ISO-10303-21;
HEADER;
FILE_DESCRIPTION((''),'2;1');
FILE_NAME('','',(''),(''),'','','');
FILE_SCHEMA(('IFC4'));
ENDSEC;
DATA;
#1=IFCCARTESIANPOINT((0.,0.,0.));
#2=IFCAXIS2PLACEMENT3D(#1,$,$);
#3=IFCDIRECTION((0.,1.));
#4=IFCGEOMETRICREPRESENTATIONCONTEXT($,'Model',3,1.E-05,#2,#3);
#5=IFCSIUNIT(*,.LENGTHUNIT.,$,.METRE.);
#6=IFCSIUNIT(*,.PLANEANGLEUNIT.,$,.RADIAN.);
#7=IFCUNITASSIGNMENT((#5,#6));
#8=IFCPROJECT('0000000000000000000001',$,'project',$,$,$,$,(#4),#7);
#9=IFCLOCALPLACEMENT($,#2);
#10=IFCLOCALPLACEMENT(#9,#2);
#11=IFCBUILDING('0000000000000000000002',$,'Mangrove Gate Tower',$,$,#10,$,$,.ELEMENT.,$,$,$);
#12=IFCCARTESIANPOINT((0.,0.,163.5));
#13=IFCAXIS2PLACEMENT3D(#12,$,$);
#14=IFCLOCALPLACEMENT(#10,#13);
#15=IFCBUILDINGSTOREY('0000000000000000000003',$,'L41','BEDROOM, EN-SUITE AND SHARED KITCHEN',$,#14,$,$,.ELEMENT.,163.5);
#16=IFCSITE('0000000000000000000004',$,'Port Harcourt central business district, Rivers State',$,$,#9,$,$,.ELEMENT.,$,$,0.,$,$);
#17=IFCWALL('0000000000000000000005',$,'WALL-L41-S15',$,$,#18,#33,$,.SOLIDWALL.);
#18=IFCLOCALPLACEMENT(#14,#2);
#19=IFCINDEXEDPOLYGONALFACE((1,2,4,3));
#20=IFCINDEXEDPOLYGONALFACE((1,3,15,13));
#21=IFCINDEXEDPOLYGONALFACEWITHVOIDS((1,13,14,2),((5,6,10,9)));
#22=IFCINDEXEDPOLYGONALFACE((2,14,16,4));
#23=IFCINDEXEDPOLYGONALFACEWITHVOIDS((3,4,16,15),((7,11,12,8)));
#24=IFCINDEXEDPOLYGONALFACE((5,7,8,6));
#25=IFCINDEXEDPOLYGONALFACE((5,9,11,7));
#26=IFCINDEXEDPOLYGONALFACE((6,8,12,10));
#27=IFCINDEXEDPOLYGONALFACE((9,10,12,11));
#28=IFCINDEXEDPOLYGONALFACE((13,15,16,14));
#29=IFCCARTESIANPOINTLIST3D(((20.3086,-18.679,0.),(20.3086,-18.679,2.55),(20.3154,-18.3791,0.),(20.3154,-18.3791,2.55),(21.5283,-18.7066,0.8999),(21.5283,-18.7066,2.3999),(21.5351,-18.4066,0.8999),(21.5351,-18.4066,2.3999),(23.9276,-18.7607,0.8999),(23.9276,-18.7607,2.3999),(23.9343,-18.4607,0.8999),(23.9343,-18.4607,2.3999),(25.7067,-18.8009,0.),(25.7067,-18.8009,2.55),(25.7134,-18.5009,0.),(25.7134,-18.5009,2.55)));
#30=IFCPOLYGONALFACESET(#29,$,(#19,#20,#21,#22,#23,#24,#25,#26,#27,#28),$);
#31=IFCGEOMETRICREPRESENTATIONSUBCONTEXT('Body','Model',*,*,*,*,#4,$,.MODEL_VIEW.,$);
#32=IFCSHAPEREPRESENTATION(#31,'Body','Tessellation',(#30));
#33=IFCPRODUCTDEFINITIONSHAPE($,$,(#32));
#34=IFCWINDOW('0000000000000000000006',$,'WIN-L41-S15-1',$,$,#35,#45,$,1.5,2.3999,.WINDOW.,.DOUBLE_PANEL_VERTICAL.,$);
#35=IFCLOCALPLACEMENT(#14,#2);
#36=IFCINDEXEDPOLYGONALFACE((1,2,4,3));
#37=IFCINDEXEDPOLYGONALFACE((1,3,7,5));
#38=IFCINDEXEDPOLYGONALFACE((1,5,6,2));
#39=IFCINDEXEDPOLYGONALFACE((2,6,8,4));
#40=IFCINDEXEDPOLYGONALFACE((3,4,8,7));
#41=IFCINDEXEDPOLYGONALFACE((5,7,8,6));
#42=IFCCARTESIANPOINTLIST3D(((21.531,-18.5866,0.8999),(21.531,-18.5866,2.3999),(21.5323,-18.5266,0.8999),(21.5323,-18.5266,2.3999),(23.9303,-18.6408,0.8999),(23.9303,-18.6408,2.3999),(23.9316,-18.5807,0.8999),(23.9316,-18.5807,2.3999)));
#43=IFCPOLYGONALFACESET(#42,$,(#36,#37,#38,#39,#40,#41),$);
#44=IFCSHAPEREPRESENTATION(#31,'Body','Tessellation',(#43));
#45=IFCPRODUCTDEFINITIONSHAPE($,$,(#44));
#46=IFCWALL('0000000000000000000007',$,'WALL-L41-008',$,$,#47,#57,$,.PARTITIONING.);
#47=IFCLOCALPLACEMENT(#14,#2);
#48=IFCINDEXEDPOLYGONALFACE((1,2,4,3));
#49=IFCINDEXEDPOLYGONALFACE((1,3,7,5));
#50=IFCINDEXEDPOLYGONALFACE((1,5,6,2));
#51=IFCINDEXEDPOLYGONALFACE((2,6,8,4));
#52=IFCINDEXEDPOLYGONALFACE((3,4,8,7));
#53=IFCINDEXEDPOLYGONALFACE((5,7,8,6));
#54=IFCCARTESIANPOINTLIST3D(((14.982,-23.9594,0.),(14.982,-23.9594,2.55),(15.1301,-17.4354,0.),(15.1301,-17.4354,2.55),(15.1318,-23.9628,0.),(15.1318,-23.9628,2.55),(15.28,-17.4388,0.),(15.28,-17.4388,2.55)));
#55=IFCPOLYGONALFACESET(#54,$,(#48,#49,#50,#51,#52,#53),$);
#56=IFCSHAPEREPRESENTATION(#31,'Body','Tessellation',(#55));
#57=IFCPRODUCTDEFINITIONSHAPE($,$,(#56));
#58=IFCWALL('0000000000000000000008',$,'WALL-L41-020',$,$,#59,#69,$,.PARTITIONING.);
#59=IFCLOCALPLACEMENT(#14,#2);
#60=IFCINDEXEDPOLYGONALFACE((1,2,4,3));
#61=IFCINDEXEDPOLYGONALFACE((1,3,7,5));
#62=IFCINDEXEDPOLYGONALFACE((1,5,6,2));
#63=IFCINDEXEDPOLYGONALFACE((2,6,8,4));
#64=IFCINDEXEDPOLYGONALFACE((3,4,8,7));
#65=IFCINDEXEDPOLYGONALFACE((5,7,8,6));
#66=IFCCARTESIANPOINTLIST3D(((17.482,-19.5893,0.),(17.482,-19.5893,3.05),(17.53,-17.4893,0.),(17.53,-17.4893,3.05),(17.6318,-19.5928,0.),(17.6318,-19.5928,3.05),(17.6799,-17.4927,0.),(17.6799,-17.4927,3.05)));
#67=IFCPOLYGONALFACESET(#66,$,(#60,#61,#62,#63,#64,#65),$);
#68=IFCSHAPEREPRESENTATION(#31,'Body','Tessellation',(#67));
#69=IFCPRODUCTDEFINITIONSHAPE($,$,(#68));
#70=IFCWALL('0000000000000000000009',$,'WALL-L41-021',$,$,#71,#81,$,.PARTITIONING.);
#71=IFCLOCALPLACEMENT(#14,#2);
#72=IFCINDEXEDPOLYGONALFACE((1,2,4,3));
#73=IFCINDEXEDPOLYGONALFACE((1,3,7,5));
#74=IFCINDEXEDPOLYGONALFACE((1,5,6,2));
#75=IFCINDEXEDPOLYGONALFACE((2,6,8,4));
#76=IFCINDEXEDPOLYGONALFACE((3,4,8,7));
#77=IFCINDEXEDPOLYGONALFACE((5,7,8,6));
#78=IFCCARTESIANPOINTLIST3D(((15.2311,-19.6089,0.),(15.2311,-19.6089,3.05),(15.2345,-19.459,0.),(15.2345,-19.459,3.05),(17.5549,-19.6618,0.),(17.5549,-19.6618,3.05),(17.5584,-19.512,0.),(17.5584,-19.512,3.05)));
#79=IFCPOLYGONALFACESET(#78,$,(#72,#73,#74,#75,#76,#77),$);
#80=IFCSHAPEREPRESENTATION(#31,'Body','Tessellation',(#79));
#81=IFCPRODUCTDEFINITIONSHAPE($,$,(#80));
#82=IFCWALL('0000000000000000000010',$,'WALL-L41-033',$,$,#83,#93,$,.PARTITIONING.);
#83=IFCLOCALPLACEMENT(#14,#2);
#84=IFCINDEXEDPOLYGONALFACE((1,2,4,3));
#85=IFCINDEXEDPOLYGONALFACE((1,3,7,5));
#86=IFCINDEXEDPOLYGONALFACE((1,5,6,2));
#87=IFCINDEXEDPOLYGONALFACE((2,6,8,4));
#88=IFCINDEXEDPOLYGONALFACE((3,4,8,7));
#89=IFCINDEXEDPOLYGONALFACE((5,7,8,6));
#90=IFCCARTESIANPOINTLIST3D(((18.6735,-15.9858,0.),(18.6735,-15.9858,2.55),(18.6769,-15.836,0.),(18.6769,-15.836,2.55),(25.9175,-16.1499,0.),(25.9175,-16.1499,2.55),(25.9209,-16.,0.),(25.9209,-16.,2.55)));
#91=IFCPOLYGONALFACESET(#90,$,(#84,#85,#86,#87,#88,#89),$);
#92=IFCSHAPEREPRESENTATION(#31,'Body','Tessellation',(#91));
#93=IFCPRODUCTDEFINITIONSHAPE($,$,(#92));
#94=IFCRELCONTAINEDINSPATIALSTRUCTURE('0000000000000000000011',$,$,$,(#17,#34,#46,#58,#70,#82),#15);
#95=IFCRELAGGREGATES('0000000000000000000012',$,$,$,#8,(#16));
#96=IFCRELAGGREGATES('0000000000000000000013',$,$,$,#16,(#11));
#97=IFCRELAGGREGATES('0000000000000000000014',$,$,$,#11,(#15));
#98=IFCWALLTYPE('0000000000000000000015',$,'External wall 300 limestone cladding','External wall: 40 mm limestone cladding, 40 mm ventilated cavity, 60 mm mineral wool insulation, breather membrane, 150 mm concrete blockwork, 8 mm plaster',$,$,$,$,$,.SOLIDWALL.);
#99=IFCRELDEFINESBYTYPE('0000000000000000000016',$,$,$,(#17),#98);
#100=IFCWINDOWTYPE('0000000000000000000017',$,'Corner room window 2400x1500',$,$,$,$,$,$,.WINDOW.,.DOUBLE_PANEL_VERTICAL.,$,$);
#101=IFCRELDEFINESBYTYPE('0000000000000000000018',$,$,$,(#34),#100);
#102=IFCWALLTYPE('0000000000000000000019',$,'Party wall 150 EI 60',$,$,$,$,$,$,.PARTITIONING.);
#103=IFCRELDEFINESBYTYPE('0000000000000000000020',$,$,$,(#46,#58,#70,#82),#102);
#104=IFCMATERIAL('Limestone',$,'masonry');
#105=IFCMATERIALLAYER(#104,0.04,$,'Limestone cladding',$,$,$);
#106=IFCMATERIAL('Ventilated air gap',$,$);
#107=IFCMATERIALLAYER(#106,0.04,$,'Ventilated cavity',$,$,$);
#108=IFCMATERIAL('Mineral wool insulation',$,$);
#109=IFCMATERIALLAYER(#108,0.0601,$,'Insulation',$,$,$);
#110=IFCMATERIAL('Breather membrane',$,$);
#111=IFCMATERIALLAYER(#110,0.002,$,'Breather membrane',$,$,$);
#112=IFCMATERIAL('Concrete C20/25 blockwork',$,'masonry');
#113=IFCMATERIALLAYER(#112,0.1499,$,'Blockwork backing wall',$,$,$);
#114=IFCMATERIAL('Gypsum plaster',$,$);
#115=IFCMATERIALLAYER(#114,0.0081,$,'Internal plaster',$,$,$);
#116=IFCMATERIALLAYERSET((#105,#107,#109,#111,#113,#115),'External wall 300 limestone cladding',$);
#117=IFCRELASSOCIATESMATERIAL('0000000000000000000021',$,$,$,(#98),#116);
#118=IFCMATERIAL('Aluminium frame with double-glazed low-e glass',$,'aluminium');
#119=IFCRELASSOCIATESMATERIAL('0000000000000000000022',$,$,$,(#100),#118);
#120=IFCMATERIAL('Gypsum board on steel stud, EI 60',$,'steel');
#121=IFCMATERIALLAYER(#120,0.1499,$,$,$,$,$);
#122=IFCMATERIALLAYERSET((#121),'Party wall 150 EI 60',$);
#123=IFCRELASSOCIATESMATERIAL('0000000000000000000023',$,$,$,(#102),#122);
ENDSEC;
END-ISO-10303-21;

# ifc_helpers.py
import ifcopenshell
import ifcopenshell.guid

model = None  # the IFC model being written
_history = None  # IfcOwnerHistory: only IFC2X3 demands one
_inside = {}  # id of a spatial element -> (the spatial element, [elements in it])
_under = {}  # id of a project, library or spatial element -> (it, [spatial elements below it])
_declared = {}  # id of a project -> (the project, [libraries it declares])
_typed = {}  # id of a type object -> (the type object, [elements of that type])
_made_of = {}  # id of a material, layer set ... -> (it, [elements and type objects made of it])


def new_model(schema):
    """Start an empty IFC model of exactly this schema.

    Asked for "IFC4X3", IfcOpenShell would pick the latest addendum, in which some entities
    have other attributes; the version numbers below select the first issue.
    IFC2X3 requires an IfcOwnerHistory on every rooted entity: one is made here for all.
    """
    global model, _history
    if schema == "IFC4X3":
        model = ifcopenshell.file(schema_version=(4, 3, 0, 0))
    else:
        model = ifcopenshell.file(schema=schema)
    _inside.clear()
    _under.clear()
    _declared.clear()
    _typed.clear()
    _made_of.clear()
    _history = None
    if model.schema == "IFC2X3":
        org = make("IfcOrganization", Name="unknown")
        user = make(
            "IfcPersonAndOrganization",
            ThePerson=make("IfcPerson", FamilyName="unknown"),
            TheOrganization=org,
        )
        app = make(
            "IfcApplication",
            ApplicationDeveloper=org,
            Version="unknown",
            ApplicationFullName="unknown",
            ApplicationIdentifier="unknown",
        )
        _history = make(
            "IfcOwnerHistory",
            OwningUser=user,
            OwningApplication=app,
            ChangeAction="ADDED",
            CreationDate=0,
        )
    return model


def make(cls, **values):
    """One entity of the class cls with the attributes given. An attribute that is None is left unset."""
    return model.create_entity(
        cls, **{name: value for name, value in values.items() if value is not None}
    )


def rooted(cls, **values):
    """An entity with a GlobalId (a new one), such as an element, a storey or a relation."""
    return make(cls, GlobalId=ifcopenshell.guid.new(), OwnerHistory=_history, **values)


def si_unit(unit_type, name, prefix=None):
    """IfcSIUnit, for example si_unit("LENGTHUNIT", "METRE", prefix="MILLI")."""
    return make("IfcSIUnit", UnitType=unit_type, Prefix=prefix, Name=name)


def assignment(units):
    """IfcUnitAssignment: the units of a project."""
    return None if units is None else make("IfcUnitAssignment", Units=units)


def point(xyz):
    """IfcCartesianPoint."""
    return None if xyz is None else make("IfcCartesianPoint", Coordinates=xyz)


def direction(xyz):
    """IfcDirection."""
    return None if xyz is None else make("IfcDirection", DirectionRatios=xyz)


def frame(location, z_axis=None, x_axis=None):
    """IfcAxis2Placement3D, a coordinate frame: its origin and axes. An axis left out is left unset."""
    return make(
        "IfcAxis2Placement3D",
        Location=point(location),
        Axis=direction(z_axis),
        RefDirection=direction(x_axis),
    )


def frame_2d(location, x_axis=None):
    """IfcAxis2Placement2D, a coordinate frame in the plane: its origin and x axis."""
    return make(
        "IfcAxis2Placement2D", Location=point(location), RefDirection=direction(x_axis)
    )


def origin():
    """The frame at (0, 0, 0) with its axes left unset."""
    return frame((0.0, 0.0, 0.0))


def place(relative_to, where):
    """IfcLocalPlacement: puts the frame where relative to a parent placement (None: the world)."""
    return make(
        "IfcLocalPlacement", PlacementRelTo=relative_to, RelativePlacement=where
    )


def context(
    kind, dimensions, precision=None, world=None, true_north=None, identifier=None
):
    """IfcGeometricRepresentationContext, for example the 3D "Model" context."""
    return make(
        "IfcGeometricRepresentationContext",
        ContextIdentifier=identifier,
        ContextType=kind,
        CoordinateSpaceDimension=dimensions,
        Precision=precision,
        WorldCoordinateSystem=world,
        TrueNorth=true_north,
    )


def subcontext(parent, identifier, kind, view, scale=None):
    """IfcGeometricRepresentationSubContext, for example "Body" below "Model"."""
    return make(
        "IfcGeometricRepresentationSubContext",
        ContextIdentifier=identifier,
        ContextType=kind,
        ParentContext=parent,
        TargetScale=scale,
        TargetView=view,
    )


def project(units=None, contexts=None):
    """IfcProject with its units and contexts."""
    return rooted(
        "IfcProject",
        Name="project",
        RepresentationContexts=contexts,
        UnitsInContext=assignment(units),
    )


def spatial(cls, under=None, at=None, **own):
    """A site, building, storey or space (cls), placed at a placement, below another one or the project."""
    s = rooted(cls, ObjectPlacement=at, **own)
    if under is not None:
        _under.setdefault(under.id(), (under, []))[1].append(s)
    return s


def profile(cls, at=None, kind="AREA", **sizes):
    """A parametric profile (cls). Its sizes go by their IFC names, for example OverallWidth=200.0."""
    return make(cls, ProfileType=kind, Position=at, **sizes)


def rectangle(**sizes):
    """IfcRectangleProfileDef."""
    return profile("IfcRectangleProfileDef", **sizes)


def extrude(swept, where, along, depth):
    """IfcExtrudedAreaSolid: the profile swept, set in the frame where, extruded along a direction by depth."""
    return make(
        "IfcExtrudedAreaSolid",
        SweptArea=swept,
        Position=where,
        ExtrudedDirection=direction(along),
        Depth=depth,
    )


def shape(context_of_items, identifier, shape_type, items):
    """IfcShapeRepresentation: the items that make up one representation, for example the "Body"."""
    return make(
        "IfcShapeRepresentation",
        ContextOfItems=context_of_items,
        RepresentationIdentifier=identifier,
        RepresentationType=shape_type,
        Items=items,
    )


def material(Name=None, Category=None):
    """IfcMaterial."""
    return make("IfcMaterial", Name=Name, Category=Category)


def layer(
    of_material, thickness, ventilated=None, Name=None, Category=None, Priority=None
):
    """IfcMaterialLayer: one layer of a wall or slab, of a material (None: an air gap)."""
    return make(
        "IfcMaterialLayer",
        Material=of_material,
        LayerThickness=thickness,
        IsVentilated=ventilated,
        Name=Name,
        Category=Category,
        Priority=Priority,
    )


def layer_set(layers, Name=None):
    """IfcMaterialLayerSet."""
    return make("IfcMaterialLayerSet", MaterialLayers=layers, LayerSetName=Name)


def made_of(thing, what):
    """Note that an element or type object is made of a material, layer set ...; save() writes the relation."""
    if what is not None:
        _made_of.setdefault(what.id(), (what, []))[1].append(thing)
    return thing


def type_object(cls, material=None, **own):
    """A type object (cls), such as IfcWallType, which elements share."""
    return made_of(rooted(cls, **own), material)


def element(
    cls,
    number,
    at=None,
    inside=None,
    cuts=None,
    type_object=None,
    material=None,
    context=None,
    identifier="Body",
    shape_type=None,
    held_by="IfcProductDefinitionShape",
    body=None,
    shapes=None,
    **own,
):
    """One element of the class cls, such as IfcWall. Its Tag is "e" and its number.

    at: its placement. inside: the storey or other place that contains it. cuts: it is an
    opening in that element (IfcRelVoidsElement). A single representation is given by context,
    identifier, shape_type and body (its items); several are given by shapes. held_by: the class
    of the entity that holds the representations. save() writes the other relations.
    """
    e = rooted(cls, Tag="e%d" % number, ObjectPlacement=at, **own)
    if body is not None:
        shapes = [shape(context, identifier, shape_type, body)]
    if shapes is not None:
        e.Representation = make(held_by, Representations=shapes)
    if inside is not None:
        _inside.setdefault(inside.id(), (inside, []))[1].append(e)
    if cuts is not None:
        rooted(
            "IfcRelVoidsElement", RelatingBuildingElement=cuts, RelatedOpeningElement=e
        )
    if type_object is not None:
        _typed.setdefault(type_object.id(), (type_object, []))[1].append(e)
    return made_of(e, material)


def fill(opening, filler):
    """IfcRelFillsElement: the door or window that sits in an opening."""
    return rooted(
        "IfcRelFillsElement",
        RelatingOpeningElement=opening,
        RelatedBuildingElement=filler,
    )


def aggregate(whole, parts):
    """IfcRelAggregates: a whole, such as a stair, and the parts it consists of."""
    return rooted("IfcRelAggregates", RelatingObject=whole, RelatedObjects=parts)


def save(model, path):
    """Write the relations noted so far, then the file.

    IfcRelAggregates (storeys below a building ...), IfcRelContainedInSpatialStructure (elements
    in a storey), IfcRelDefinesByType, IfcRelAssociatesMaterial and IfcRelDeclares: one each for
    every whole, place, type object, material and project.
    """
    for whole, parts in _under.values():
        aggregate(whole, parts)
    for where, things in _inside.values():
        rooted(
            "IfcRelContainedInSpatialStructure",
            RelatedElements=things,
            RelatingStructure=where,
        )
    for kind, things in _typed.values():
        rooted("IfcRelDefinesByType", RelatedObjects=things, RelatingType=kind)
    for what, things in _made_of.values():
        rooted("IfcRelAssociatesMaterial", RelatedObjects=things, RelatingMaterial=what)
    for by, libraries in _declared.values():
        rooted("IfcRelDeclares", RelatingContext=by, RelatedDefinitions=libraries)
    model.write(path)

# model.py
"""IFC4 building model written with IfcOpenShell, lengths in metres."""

from ifc_helpers import new_model, si_unit, direction, frame, frame_2d, origin, place, context, subcontext, project, spatial, rectangle, extrude, material, layer, layer_set, type_object, element, fill, save


model = new_model("IFC4")

# Units and contexts
model_context = context("Model", 3, precision=1e-05, world=origin(), true_north=direction((0.0, 1.0)))
body_context = subcontext(model_context, "Body", "Model", "MODEL_VIEW")
ifc_project = project(units=[si_unit("LENGTHUNIT", "METRE"), si_unit("PLANEANGLEUNIT", "RADIAN")], contexts=[model_context])

# Site, building, storey
site_placement = place(None, origin())
site = spatial("IfcSite", under=ifc_project, at=site_placement, Name="Port Harcourt central business district, Rivers State", CompositionType="ELEMENT", RefElevation=0.0)
building_placement = place(site_placement, origin())
building = spatial("IfcBuilding", under=site, at=building_placement, Name="Mangrove Gate Tower", CompositionType="ELEMENT")
storey_placement = place(building_placement, frame((0.0, 0.0, 163.5)))
storey = spatial("IfcBuildingStorey", under=building, at=storey_placement, Name="L41", Description="BEDROOM, EN-SUITE AND SHARED KITCHEN", CompositionType="ELEMENT", Elevation=163.5)

# Shared definitions
ifc_material_1 = material(Name="Limestone", Category="masonry")
ifc_layer_1 = layer(ifc_material_1, 0.04, Name="Limestone cladding")
ifc_material_2 = material(Name="Ventilated air gap")
ifc_layer_2 = layer(ifc_material_2, 0.04, Name="Ventilated cavity")
ifc_material_3 = material(Name="Mineral wool insulation")
ifc_layer_3 = layer(ifc_material_3, 0.0601, Name="Insulation")
ifc_material_4 = material(Name="Breather membrane")
ifc_layer_4 = layer(ifc_material_4, 0.002, Name="Breather membrane")
ifc_material_5 = material(Name="Concrete C20/25 blockwork", Category="masonry")
ifc_layer_5 = layer(ifc_material_5, 0.1499, Name="Blockwork backing wall")
ifc_material_6 = material(Name="Gypsum plaster")
ifc_layer_6 = layer(ifc_material_6, 0.0081, Name="Internal plaster")
ifc_layer_set_1 = layer_set([ifc_layer_1, ifc_layer_2, ifc_layer_3, ifc_layer_4, ifc_layer_5, ifc_layer_6], Name="External wall 300 limestone cladding")
wall_type_1 = type_object("IfcWallType", Name="External wall 300 limestone cladding", Description="External wall: 40 mm limestone cladding, 40 mm ventilated cavity, 60 mm mineral wool insulation, breather membrane, 150 mm concrete blockwork, 8 mm plaster", PredefinedType="SOLIDWALL", material=ifc_layer_set_1)

# Wall, opening, window
ifc_material_7 = material(Name="Aluminium frame with double-glazed low-e glass", Category="aluminium")
window_type_1 = type_object("IfcWindowType", Name="Corner room window 2400x1500", PartitioningType="DOUBLE_PANEL_VERTICAL", PredefinedType="WINDOW", material=ifc_material_7)
wall_1_placement = place(storey_placement, frame((20.312, -18.5291, 0.0), z_axis=(0.0, 0.0, 1.0), x_axis=(0.999745, -0.022563, 0.0)))
wall_1 = element("IfcWall", 1, at=wall_1_placement, inside=storey, type_object=wall_type_1, Name="WALL-L41-S15", PredefinedType="SOLIDWALL", context=body_context, shape_type="SweptSolid", body=[
    extrude(rectangle(XDim=5.3994, YDim=0.3, at=frame_2d((2.6997, 0.0))), origin(), (0.0, 0.0, 1.0), 2.55),
])
opening_1_placement = place(wall_1_placement, frame((1.22, 0.0, 0.8999)))
opening_1 = element("IfcOpeningElement", 2, at=opening_1_placement, cuts=wall_1, PredefinedType="OPENING", context=body_context, shape_type="SweptSolid", body=[
    extrude(rectangle(XDim=2.3999, YDim=1.5, at=frame_2d((1.2, 0.75))), frame((0.0, 0.1599, 0.0), z_axis=(0.0, -1.0, 0.0), x_axis=(1.0, 0.0, 0.0)), (0.0, 0.0, 1.0), 0.3201),
])
window_1_placement = place(opening_1_placement, origin())
window_1 = element("IfcWindow", 3, at=window_1_placement, inside=storey, type_object=window_type_1, Name="WIN-L41-S15-1", OverallHeight=1.5, OverallWidth=2.3999, PartitioningType="DOUBLE_PANEL_VERTICAL", PredefinedType="WINDOW", context=body_context, shape_type="SweptSolid", body=[
    extrude(rectangle(XDim=2.3999, YDim=1.5, at=frame_2d((1.2, 0.75))), frame((0.0, 0.03, 0.0), z_axis=(0.0, -1.0, 0.0), x_axis=(1.0, 0.0, 0.0)), (0.0, 0.0, 1.0), 0.0601),
])
fill(opening_1, window_1)

# Walls
ifc_material_8 = material(Name="Gypsum board on steel stud, EI 60", Category="steel")
ifc_layer_7 = layer(ifc_material_8, 0.1499)
ifc_layer_set_2 = layer_set([ifc_layer_7], Name="Party wall 150 EI 60")
wall_type_2 = type_object("IfcWallType", Name="Party wall 150 EI 60", PredefinedType="PARTITIONING", material=ifc_layer_set_2)
wall_2_placement = place(storey_placement, frame((15.0569, -23.9609, 0.0), z_axis=(0.0, 0.0, 1.0), x_axis=(0.02271, 0.999742, 0.0)))
element("IfcWall", 4, at=wall_2_placement, inside=storey, type_object=wall_type_2, Name="WALL-L41-008", PredefinedType="PARTITIONING", context=body_context, shape_type="SweptSolid", body=[
    extrude(rectangle(XDim=6.5256, YDim=0.1499, at=frame_2d((3.2627, 0.0))), origin(), (0.0, 0.0, 1.0), 2.55),
])
wall_3_placement = place(storey_placement, frame((17.5569, -19.5911, 0.0), z_axis=(0.0, 0.0, 1.0), x_axis=(0.022896, 0.999738, 0.0)))
element("IfcWall", 5, at=wall_3_placement, inside=storey, type_object=wall_type_2, Name="WALL-L41-020", PredefinedType="PARTITIONING", context=body_context, shape_type="SweptSolid", body=[
    extrude(rectangle(XDim=2.1006, YDim=0.1499, at=frame_2d((1.0503, 0.0))), origin(), (0.0, 0.0, 1.0), 3.05),
])
wall_4_placement = place(storey_placement, frame((15.2329, -19.5339, 0.0), z_axis=(0.0, 0.0, 1.0), x_axis=(0.99974, -0.022791, 0.0)))
element("IfcWall", 6, at=wall_4_placement, inside=storey, type_object=wall_type_2, Name="WALL-L41-021", PredefinedType="PARTITIONING", context=body_context, shape_type="SweptSolid", body=[
    extrude(rectangle(XDim=2.3245, YDim=0.1499, at=frame_2d((1.1621, 0.0))), origin(), (0.0, 0.0, 1.0), 3.05),
])
wall_5_placement = place(storey_placement, frame((18.675, -15.9109, 0.0), z_axis=(0.0, 0.0, 1.0), x_axis=(0.999744, -0.022643, 0.0)))
element("IfcWall", 7, at=wall_5_placement, inside=storey, type_object=wall_type_2, Name="WALL-L41-033", PredefinedType="PARTITIONING", context=body_context, shape_type="SweptSolid", body=[
    extrude(rectangle(XDim=7.2458, YDim=0.1499, at=frame_2d((3.623, 0.0))), origin(), (0.0, 0.0, 1.0), 2.55),
])

save(model, "model.ifc")
